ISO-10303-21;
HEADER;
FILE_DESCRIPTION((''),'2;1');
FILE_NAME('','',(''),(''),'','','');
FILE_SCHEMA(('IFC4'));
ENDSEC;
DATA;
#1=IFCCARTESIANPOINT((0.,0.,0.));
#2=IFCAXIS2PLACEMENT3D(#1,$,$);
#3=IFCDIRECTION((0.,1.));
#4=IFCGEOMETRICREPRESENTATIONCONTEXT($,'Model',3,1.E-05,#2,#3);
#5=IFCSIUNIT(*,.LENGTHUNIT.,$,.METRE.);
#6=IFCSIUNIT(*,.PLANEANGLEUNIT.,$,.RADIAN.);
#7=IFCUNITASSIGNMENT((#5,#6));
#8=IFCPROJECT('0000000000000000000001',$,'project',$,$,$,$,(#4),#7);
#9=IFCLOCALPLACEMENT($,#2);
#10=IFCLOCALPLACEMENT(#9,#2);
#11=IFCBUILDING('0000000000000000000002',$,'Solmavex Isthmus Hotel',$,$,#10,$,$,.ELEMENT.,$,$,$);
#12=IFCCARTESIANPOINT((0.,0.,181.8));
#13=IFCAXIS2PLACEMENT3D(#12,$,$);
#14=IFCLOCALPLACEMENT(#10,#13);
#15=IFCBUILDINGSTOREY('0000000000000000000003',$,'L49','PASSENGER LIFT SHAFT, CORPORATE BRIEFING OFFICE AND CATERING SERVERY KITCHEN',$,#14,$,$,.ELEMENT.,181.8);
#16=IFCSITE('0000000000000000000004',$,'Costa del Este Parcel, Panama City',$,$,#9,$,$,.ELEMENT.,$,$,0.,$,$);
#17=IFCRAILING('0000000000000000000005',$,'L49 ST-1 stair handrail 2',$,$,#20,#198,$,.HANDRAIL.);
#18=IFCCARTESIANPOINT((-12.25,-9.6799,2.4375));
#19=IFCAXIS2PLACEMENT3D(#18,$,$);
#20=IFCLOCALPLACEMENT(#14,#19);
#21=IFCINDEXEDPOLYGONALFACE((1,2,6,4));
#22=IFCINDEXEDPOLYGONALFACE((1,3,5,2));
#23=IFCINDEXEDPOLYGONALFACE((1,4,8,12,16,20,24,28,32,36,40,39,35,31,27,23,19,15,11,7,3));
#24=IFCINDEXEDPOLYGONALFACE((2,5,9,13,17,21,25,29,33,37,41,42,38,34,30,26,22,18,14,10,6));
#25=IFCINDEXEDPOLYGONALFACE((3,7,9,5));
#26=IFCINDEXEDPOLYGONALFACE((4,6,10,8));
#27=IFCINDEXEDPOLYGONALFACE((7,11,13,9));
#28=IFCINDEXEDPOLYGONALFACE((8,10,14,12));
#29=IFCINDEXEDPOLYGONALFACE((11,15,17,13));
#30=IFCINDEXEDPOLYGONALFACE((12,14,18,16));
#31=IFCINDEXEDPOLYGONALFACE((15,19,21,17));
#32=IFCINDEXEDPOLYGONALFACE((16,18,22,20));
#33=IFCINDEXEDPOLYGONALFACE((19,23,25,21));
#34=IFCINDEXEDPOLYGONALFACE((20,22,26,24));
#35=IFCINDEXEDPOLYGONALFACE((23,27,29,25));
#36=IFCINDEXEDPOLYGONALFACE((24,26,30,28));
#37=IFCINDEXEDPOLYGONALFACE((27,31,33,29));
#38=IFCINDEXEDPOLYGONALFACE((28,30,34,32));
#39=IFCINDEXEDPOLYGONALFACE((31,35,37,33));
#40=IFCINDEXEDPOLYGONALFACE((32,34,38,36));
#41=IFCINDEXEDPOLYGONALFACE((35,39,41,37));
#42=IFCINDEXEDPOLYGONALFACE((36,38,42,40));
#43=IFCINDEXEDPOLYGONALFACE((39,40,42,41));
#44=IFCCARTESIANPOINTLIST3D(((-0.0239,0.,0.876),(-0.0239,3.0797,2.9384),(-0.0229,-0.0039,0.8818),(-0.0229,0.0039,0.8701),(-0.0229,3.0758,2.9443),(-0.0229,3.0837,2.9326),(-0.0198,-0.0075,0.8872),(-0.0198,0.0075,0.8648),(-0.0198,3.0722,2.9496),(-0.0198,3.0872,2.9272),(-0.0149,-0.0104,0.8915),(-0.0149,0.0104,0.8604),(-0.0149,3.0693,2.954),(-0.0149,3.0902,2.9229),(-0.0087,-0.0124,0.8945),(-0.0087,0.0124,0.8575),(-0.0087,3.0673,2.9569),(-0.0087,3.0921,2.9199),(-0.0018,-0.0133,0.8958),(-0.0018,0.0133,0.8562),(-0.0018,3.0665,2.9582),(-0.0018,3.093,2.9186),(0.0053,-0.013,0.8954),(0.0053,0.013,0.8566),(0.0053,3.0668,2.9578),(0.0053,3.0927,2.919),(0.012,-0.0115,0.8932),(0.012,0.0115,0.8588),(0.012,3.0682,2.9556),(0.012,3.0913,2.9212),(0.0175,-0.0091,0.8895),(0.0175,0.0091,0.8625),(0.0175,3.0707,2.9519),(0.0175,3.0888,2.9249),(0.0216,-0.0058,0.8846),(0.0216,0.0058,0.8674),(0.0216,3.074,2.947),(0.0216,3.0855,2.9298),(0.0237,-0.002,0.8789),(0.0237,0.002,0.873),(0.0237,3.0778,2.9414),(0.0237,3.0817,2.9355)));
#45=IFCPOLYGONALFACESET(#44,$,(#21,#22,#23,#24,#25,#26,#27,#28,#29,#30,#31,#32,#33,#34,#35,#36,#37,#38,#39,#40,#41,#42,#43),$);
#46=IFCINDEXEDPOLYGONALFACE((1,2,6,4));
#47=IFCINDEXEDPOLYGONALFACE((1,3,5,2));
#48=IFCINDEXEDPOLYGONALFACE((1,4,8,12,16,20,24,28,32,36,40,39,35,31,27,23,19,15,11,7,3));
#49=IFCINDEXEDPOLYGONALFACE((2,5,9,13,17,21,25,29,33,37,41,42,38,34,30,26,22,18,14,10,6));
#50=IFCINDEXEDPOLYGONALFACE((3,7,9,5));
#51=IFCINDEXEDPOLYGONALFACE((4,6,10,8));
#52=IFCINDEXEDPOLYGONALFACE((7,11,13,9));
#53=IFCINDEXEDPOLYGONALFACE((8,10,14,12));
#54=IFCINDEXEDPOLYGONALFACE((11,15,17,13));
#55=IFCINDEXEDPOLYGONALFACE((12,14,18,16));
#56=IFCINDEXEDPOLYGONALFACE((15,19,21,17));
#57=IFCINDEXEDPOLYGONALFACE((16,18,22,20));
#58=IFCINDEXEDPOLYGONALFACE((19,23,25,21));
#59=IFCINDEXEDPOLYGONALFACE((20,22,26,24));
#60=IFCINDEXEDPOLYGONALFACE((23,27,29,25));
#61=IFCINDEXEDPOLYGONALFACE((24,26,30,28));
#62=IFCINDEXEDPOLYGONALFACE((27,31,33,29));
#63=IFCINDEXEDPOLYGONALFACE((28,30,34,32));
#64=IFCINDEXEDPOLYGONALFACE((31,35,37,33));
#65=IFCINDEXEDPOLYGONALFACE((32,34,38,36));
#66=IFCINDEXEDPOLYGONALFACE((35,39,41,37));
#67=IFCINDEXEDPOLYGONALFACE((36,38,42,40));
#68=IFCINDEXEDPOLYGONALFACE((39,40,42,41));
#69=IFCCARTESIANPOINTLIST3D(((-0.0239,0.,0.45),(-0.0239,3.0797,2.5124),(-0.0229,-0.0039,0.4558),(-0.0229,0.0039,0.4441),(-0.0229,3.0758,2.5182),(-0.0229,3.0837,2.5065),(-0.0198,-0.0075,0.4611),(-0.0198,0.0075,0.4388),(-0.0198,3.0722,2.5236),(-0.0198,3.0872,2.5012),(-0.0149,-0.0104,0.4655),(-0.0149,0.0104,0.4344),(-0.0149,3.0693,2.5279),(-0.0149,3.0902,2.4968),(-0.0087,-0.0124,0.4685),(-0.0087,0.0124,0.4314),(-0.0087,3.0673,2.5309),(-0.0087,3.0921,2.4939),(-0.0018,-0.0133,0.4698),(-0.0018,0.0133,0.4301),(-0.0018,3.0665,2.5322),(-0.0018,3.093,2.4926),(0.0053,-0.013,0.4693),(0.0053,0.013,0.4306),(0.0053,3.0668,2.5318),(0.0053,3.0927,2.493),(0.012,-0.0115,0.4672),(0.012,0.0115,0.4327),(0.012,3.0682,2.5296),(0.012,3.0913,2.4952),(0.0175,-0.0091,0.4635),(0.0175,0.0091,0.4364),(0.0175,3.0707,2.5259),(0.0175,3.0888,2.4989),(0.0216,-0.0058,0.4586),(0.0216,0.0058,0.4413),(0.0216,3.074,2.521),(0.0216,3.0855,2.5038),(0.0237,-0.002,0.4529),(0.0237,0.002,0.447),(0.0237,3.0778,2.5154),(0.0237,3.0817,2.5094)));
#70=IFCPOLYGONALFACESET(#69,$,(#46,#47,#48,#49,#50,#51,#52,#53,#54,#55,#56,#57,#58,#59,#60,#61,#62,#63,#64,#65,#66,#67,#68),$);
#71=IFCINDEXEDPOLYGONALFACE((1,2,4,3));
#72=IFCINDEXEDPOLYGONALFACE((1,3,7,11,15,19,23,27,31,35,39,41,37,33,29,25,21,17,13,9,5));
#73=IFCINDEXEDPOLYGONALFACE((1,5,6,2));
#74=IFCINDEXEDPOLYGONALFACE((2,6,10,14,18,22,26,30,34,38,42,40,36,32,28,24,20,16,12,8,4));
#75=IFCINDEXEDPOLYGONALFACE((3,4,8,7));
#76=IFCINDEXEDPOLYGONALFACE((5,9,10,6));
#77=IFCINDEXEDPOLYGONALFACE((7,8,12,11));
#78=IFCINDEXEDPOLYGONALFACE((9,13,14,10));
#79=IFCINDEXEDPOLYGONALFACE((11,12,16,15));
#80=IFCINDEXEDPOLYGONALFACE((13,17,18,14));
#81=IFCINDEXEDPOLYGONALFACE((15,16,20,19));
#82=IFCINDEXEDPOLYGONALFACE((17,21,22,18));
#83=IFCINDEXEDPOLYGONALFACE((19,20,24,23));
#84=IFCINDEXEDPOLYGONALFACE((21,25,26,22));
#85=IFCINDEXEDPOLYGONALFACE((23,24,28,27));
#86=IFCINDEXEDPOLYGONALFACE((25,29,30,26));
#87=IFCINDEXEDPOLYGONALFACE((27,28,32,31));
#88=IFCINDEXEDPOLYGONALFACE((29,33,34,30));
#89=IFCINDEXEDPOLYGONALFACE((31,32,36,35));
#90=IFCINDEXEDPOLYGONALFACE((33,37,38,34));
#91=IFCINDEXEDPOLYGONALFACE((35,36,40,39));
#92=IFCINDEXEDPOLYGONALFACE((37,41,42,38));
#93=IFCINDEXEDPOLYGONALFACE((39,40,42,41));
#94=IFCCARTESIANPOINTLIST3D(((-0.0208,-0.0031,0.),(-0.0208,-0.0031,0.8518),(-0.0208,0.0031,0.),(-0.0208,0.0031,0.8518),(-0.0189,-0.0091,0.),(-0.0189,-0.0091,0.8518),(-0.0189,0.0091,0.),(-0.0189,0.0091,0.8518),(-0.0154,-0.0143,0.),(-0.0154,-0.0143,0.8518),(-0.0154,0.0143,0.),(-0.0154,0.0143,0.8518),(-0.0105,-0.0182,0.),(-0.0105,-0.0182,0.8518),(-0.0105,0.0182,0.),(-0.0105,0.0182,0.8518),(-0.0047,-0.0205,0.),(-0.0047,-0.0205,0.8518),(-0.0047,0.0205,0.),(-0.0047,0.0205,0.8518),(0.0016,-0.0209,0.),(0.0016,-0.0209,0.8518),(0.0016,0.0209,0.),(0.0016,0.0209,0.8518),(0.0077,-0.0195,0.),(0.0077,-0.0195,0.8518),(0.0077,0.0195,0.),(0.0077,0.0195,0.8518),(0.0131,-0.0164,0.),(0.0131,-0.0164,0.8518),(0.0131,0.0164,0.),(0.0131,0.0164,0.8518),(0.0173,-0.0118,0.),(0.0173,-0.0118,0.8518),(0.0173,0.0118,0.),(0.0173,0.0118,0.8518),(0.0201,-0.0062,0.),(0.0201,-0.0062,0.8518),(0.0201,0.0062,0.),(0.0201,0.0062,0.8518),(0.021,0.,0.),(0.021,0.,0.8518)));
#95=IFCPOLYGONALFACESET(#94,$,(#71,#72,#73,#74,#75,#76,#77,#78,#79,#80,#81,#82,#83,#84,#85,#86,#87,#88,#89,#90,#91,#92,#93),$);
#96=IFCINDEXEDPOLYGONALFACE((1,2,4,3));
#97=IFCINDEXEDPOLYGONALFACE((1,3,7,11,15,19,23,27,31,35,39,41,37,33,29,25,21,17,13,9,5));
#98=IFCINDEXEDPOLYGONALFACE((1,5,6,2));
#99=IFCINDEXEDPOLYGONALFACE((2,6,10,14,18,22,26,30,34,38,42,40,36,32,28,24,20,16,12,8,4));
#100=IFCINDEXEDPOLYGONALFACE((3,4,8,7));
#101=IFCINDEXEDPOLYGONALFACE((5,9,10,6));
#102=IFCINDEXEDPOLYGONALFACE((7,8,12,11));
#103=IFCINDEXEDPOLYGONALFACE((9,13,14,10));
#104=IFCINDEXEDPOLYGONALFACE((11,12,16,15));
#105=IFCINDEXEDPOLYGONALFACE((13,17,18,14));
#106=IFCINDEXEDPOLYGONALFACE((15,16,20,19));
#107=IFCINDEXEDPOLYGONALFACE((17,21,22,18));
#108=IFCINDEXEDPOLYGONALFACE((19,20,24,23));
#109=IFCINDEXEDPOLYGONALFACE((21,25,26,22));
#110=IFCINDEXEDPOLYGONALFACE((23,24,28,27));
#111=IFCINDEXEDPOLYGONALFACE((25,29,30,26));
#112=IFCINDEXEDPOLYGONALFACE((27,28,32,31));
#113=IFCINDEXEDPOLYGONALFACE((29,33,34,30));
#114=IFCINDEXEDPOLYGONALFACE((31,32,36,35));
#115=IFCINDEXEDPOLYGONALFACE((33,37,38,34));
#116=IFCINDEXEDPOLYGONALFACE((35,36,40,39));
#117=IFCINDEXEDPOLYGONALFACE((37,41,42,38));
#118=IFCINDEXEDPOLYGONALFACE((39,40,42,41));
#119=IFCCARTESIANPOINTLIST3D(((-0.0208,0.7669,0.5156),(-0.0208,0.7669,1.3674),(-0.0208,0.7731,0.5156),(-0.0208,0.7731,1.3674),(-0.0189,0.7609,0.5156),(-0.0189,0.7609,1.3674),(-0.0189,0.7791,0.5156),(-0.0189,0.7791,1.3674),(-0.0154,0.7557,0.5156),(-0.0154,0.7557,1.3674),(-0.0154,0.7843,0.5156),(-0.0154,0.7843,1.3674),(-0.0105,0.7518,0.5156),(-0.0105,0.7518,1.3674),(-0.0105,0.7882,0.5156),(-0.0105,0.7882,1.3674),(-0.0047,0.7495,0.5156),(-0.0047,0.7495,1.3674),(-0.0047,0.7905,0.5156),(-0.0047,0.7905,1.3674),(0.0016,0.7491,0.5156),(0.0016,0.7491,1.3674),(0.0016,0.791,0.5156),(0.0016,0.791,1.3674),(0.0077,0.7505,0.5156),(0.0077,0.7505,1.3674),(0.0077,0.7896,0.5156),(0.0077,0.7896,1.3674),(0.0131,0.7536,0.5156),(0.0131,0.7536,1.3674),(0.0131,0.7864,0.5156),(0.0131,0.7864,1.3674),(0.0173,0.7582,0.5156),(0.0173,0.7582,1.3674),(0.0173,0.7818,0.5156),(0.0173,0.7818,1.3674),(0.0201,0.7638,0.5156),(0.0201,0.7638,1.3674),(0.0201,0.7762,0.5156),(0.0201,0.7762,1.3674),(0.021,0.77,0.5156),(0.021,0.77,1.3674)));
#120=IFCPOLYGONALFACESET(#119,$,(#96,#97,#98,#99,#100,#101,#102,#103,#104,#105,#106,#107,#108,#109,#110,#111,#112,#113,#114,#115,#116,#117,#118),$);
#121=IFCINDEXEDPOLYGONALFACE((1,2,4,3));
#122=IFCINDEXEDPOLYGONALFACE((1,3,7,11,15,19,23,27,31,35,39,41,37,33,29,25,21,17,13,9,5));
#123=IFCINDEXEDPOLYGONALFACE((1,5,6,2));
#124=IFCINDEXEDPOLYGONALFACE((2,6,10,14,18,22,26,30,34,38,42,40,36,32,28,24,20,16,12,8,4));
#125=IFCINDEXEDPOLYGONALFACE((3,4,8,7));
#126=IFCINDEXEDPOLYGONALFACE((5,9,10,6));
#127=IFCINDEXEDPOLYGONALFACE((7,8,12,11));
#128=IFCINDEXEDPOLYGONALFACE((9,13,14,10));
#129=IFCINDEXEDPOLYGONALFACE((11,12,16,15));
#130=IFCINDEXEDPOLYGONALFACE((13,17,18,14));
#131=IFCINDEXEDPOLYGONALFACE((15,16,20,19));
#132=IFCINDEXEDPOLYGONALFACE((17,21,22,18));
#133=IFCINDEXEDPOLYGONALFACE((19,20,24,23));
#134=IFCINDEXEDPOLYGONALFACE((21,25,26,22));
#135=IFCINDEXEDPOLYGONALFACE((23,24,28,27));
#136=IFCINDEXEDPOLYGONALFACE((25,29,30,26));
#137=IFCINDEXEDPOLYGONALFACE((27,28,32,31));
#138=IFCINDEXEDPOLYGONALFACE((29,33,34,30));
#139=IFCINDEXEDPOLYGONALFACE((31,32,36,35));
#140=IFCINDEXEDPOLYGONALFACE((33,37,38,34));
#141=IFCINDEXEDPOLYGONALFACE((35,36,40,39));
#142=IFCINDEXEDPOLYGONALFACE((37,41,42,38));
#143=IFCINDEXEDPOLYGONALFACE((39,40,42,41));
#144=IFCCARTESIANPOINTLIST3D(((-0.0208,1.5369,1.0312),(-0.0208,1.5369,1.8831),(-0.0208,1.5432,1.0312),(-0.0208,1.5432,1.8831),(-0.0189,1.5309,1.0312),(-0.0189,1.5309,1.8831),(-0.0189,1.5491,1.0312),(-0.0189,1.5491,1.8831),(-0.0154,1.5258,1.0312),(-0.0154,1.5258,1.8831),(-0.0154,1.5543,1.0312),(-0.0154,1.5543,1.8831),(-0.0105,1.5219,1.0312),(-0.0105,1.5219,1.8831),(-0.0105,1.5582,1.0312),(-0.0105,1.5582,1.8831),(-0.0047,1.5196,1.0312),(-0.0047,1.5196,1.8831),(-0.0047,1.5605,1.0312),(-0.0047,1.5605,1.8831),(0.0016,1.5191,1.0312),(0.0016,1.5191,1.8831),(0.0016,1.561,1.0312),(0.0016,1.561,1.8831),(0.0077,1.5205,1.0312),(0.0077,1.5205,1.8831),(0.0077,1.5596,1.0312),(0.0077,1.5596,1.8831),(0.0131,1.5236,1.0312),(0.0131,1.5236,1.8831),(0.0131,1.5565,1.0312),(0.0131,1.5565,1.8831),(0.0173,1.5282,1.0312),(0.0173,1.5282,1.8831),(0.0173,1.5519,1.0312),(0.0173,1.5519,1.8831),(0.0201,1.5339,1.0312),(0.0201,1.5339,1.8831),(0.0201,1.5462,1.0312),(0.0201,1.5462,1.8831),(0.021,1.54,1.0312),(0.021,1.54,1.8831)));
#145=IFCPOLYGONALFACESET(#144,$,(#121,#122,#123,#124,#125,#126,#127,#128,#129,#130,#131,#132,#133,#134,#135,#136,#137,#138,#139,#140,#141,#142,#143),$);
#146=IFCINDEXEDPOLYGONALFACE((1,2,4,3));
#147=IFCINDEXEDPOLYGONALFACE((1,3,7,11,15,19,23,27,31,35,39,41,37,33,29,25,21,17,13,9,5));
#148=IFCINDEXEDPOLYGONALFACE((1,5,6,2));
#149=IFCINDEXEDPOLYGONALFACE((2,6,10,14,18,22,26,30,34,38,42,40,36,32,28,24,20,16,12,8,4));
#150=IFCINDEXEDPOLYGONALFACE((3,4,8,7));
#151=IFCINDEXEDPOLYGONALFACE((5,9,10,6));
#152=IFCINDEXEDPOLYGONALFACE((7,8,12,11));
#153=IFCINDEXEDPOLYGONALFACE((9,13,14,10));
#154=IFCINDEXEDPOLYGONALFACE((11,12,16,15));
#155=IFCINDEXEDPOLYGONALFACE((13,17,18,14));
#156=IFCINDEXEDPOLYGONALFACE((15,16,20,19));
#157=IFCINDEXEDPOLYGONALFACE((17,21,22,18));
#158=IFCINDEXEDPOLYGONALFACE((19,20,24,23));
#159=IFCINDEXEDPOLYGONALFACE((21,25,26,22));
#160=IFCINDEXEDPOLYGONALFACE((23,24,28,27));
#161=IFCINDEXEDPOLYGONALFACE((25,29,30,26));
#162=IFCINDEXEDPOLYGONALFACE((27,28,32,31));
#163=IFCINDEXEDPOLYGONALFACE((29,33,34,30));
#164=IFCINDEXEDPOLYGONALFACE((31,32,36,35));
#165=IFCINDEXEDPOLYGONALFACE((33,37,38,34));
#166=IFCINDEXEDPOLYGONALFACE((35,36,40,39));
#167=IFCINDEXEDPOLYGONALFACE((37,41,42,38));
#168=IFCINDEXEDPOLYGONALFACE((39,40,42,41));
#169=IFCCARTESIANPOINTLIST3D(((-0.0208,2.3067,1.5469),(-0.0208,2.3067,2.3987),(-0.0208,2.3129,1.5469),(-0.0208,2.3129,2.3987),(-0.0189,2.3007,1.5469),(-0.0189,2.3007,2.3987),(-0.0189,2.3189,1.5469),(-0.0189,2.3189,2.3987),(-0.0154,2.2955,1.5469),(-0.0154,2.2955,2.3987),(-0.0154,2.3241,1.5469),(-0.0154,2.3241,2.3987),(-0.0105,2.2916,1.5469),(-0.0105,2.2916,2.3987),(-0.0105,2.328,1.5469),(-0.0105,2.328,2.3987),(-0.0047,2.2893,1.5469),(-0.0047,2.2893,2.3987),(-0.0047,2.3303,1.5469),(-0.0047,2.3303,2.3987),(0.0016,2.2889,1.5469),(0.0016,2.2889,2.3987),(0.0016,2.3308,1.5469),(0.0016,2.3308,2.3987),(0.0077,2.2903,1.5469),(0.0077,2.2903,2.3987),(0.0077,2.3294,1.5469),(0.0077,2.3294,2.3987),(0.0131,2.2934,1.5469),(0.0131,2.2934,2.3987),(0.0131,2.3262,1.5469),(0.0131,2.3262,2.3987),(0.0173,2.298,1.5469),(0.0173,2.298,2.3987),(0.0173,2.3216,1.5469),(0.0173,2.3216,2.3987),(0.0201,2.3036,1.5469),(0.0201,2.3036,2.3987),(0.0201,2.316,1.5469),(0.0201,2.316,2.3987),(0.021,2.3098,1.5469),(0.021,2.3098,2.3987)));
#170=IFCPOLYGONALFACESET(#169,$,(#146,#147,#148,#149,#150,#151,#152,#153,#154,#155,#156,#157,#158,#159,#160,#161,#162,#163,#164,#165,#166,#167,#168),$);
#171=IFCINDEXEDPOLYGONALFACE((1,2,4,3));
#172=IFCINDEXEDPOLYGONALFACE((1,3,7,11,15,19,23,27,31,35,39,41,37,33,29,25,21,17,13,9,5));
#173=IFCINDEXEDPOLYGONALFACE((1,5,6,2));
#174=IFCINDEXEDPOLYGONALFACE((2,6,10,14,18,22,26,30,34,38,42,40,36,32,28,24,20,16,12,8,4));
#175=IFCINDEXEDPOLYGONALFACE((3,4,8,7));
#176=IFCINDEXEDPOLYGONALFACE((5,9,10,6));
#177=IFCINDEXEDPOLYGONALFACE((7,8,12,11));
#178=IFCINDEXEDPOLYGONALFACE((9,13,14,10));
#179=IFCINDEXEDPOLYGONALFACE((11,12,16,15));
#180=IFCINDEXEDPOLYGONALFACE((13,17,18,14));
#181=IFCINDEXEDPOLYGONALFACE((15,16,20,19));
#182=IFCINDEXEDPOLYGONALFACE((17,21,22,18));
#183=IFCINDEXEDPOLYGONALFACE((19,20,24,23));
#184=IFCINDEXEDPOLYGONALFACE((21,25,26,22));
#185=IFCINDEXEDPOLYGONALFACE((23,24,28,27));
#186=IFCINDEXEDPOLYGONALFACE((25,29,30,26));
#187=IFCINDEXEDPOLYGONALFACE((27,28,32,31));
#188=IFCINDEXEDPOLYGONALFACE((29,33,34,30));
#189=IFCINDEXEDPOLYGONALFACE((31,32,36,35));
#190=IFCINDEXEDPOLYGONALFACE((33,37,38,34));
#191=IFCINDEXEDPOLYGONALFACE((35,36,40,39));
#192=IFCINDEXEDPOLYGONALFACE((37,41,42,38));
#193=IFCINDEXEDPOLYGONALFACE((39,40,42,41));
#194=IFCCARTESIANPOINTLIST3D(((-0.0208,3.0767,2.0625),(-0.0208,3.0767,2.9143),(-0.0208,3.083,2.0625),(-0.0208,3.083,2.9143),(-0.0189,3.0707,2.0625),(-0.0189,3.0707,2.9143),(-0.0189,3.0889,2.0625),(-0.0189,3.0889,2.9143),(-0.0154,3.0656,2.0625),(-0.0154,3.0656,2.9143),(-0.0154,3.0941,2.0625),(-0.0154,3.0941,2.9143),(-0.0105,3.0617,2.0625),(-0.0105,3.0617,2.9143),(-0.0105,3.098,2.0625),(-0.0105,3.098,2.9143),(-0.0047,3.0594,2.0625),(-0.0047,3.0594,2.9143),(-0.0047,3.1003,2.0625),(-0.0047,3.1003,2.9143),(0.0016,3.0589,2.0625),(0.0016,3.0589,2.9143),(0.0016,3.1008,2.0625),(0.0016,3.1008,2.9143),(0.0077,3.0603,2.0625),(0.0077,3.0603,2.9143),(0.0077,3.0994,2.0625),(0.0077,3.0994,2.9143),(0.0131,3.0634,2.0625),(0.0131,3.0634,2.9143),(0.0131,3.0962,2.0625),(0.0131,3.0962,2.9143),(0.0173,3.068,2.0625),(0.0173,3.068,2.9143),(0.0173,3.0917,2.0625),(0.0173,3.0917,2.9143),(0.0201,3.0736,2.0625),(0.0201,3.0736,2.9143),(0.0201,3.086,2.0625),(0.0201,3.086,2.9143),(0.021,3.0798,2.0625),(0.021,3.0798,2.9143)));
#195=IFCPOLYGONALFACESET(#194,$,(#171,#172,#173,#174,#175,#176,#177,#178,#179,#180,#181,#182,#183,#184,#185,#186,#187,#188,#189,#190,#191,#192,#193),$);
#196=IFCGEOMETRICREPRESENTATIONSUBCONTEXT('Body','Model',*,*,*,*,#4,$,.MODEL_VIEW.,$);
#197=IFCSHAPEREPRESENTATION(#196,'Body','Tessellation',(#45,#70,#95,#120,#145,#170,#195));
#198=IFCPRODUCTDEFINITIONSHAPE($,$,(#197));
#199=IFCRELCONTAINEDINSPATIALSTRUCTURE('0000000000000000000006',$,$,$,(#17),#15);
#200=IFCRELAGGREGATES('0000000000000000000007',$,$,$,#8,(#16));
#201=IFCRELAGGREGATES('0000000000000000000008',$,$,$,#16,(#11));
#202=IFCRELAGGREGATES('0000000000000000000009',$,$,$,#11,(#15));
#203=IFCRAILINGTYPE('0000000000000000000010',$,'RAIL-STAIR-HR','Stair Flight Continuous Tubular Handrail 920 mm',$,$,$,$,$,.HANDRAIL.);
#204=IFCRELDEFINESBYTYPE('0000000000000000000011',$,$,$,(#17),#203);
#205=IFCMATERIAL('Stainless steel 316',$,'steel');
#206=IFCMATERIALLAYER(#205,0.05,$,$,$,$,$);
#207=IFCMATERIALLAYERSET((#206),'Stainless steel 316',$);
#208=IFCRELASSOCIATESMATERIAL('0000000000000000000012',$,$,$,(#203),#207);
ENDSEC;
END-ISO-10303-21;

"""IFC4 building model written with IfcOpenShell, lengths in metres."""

from ifc_helpers import new_model, si_unit, direction, frame, origin, origin_2d, place, context, subcontext, project, spatial, circle, extrude, material, layer, layer_set, type_object, element, save


model = new_model("IFC4")

# Units and contexts
model_context = context("Model", 3, precision=1e-05, world=origin(), true_north=direction((0.0, 1.0)))
body_context = subcontext(model_context, "Body", "Model", "MODEL_VIEW")
ifc_project = project(units=[si_unit("LENGTHUNIT", "METRE"), si_unit("PLANEANGLEUNIT", "RADIAN")], contexts=[model_context])

# Site, building, storey
site_placement = place(None, origin())
site = spatial("IfcSite", under=ifc_project, at=site_placement, Name="Costa del Este Parcel, Panama City", CompositionType="ELEMENT", RefElevation=0.0)
building_placement = place(site_placement, origin())
building = spatial("IfcBuilding", under=site, at=building_placement, Name="Solmavex Isthmus Hotel", CompositionType="ELEMENT")
storey_placement = place(building_placement, frame((0.0, 0.0, 181.8)))
storey = spatial("IfcBuildingStorey", under=building, at=storey_placement, Name="L49", Description="PASSENGER LIFT SHAFT, CORPORATE BRIEFING OFFICE AND CATERING SERVERY KITCHEN", CompositionType="ELEMENT", Elevation=181.8)

# Shared definitions
ifc_material_1 = material(Name="Stainless steel 316", Category="steel")

# Railing
ifc_layer_1 = layer(ifc_material_1, 0.05)
ifc_layer_set_1 = layer_set([ifc_layer_1], Name="Stainless steel 316")
railing_type = type_object("IfcRailingType", Name="RAIL-STAIR-HR", Description="Stair Flight Continuous Tubular Handrail 920 mm", PredefinedType="HANDRAIL", material=ifc_layer_set_1)
railing_placement = place(storey_placement, frame((-12.25, -9.6799, 2.4375)))
element("IfcRailing", 1, at=railing_placement, inside=storey, type_object=railing_type, Name="L49 ST-1 stair handrail 2", PredefinedType="HANDRAIL", context=body_context, shape_type="SweptSolid", body=[
    extrude(circle(Radius=0.0239, at=origin_2d()), frame((0.0, 0.0, 0.876), z_axis=(0.0, 0.830893, 0.556432), x_axis=(-1.0, 0.0, 0.0)), (0.0, 0.0, 1.0), 3.7065),
    extrude(circle(Radius=0.0239, at=origin_2d()), frame((0.0, 0.0, 0.45), z_axis=(0.0, 0.830893, 0.556432), x_axis=(-1.0, 0.0, 0.0)), (0.0, 0.0, 1.0), 3.7065),
    extrude(circle(Radius=0.021, at=origin_2d()), origin(), (0.0, 0.0, 1.0), 0.8518),
    extrude(circle(Radius=0.021, at=origin_2d()), frame((0.0, 0.77, 0.5156)), (0.0, 0.0, 1.0), 0.8518),
    extrude(circle(Radius=0.021, at=origin_2d()), frame((0.0, 1.54, 1.0312)), (0.0, 0.0, 1.0), 0.8518),
    extrude(circle(Radius=0.021, at=origin_2d()), frame((0.0, 2.3098, 1.5469)), (0.0, 0.0, 1.0), 0.8518),
    extrude(circle(Radius=0.021, at=origin_2d()), frame((0.0, 3.0798, 2.0625)), (0.0, 0.0, 1.0), 0.8518),
])

save(model, "model.ifc")
